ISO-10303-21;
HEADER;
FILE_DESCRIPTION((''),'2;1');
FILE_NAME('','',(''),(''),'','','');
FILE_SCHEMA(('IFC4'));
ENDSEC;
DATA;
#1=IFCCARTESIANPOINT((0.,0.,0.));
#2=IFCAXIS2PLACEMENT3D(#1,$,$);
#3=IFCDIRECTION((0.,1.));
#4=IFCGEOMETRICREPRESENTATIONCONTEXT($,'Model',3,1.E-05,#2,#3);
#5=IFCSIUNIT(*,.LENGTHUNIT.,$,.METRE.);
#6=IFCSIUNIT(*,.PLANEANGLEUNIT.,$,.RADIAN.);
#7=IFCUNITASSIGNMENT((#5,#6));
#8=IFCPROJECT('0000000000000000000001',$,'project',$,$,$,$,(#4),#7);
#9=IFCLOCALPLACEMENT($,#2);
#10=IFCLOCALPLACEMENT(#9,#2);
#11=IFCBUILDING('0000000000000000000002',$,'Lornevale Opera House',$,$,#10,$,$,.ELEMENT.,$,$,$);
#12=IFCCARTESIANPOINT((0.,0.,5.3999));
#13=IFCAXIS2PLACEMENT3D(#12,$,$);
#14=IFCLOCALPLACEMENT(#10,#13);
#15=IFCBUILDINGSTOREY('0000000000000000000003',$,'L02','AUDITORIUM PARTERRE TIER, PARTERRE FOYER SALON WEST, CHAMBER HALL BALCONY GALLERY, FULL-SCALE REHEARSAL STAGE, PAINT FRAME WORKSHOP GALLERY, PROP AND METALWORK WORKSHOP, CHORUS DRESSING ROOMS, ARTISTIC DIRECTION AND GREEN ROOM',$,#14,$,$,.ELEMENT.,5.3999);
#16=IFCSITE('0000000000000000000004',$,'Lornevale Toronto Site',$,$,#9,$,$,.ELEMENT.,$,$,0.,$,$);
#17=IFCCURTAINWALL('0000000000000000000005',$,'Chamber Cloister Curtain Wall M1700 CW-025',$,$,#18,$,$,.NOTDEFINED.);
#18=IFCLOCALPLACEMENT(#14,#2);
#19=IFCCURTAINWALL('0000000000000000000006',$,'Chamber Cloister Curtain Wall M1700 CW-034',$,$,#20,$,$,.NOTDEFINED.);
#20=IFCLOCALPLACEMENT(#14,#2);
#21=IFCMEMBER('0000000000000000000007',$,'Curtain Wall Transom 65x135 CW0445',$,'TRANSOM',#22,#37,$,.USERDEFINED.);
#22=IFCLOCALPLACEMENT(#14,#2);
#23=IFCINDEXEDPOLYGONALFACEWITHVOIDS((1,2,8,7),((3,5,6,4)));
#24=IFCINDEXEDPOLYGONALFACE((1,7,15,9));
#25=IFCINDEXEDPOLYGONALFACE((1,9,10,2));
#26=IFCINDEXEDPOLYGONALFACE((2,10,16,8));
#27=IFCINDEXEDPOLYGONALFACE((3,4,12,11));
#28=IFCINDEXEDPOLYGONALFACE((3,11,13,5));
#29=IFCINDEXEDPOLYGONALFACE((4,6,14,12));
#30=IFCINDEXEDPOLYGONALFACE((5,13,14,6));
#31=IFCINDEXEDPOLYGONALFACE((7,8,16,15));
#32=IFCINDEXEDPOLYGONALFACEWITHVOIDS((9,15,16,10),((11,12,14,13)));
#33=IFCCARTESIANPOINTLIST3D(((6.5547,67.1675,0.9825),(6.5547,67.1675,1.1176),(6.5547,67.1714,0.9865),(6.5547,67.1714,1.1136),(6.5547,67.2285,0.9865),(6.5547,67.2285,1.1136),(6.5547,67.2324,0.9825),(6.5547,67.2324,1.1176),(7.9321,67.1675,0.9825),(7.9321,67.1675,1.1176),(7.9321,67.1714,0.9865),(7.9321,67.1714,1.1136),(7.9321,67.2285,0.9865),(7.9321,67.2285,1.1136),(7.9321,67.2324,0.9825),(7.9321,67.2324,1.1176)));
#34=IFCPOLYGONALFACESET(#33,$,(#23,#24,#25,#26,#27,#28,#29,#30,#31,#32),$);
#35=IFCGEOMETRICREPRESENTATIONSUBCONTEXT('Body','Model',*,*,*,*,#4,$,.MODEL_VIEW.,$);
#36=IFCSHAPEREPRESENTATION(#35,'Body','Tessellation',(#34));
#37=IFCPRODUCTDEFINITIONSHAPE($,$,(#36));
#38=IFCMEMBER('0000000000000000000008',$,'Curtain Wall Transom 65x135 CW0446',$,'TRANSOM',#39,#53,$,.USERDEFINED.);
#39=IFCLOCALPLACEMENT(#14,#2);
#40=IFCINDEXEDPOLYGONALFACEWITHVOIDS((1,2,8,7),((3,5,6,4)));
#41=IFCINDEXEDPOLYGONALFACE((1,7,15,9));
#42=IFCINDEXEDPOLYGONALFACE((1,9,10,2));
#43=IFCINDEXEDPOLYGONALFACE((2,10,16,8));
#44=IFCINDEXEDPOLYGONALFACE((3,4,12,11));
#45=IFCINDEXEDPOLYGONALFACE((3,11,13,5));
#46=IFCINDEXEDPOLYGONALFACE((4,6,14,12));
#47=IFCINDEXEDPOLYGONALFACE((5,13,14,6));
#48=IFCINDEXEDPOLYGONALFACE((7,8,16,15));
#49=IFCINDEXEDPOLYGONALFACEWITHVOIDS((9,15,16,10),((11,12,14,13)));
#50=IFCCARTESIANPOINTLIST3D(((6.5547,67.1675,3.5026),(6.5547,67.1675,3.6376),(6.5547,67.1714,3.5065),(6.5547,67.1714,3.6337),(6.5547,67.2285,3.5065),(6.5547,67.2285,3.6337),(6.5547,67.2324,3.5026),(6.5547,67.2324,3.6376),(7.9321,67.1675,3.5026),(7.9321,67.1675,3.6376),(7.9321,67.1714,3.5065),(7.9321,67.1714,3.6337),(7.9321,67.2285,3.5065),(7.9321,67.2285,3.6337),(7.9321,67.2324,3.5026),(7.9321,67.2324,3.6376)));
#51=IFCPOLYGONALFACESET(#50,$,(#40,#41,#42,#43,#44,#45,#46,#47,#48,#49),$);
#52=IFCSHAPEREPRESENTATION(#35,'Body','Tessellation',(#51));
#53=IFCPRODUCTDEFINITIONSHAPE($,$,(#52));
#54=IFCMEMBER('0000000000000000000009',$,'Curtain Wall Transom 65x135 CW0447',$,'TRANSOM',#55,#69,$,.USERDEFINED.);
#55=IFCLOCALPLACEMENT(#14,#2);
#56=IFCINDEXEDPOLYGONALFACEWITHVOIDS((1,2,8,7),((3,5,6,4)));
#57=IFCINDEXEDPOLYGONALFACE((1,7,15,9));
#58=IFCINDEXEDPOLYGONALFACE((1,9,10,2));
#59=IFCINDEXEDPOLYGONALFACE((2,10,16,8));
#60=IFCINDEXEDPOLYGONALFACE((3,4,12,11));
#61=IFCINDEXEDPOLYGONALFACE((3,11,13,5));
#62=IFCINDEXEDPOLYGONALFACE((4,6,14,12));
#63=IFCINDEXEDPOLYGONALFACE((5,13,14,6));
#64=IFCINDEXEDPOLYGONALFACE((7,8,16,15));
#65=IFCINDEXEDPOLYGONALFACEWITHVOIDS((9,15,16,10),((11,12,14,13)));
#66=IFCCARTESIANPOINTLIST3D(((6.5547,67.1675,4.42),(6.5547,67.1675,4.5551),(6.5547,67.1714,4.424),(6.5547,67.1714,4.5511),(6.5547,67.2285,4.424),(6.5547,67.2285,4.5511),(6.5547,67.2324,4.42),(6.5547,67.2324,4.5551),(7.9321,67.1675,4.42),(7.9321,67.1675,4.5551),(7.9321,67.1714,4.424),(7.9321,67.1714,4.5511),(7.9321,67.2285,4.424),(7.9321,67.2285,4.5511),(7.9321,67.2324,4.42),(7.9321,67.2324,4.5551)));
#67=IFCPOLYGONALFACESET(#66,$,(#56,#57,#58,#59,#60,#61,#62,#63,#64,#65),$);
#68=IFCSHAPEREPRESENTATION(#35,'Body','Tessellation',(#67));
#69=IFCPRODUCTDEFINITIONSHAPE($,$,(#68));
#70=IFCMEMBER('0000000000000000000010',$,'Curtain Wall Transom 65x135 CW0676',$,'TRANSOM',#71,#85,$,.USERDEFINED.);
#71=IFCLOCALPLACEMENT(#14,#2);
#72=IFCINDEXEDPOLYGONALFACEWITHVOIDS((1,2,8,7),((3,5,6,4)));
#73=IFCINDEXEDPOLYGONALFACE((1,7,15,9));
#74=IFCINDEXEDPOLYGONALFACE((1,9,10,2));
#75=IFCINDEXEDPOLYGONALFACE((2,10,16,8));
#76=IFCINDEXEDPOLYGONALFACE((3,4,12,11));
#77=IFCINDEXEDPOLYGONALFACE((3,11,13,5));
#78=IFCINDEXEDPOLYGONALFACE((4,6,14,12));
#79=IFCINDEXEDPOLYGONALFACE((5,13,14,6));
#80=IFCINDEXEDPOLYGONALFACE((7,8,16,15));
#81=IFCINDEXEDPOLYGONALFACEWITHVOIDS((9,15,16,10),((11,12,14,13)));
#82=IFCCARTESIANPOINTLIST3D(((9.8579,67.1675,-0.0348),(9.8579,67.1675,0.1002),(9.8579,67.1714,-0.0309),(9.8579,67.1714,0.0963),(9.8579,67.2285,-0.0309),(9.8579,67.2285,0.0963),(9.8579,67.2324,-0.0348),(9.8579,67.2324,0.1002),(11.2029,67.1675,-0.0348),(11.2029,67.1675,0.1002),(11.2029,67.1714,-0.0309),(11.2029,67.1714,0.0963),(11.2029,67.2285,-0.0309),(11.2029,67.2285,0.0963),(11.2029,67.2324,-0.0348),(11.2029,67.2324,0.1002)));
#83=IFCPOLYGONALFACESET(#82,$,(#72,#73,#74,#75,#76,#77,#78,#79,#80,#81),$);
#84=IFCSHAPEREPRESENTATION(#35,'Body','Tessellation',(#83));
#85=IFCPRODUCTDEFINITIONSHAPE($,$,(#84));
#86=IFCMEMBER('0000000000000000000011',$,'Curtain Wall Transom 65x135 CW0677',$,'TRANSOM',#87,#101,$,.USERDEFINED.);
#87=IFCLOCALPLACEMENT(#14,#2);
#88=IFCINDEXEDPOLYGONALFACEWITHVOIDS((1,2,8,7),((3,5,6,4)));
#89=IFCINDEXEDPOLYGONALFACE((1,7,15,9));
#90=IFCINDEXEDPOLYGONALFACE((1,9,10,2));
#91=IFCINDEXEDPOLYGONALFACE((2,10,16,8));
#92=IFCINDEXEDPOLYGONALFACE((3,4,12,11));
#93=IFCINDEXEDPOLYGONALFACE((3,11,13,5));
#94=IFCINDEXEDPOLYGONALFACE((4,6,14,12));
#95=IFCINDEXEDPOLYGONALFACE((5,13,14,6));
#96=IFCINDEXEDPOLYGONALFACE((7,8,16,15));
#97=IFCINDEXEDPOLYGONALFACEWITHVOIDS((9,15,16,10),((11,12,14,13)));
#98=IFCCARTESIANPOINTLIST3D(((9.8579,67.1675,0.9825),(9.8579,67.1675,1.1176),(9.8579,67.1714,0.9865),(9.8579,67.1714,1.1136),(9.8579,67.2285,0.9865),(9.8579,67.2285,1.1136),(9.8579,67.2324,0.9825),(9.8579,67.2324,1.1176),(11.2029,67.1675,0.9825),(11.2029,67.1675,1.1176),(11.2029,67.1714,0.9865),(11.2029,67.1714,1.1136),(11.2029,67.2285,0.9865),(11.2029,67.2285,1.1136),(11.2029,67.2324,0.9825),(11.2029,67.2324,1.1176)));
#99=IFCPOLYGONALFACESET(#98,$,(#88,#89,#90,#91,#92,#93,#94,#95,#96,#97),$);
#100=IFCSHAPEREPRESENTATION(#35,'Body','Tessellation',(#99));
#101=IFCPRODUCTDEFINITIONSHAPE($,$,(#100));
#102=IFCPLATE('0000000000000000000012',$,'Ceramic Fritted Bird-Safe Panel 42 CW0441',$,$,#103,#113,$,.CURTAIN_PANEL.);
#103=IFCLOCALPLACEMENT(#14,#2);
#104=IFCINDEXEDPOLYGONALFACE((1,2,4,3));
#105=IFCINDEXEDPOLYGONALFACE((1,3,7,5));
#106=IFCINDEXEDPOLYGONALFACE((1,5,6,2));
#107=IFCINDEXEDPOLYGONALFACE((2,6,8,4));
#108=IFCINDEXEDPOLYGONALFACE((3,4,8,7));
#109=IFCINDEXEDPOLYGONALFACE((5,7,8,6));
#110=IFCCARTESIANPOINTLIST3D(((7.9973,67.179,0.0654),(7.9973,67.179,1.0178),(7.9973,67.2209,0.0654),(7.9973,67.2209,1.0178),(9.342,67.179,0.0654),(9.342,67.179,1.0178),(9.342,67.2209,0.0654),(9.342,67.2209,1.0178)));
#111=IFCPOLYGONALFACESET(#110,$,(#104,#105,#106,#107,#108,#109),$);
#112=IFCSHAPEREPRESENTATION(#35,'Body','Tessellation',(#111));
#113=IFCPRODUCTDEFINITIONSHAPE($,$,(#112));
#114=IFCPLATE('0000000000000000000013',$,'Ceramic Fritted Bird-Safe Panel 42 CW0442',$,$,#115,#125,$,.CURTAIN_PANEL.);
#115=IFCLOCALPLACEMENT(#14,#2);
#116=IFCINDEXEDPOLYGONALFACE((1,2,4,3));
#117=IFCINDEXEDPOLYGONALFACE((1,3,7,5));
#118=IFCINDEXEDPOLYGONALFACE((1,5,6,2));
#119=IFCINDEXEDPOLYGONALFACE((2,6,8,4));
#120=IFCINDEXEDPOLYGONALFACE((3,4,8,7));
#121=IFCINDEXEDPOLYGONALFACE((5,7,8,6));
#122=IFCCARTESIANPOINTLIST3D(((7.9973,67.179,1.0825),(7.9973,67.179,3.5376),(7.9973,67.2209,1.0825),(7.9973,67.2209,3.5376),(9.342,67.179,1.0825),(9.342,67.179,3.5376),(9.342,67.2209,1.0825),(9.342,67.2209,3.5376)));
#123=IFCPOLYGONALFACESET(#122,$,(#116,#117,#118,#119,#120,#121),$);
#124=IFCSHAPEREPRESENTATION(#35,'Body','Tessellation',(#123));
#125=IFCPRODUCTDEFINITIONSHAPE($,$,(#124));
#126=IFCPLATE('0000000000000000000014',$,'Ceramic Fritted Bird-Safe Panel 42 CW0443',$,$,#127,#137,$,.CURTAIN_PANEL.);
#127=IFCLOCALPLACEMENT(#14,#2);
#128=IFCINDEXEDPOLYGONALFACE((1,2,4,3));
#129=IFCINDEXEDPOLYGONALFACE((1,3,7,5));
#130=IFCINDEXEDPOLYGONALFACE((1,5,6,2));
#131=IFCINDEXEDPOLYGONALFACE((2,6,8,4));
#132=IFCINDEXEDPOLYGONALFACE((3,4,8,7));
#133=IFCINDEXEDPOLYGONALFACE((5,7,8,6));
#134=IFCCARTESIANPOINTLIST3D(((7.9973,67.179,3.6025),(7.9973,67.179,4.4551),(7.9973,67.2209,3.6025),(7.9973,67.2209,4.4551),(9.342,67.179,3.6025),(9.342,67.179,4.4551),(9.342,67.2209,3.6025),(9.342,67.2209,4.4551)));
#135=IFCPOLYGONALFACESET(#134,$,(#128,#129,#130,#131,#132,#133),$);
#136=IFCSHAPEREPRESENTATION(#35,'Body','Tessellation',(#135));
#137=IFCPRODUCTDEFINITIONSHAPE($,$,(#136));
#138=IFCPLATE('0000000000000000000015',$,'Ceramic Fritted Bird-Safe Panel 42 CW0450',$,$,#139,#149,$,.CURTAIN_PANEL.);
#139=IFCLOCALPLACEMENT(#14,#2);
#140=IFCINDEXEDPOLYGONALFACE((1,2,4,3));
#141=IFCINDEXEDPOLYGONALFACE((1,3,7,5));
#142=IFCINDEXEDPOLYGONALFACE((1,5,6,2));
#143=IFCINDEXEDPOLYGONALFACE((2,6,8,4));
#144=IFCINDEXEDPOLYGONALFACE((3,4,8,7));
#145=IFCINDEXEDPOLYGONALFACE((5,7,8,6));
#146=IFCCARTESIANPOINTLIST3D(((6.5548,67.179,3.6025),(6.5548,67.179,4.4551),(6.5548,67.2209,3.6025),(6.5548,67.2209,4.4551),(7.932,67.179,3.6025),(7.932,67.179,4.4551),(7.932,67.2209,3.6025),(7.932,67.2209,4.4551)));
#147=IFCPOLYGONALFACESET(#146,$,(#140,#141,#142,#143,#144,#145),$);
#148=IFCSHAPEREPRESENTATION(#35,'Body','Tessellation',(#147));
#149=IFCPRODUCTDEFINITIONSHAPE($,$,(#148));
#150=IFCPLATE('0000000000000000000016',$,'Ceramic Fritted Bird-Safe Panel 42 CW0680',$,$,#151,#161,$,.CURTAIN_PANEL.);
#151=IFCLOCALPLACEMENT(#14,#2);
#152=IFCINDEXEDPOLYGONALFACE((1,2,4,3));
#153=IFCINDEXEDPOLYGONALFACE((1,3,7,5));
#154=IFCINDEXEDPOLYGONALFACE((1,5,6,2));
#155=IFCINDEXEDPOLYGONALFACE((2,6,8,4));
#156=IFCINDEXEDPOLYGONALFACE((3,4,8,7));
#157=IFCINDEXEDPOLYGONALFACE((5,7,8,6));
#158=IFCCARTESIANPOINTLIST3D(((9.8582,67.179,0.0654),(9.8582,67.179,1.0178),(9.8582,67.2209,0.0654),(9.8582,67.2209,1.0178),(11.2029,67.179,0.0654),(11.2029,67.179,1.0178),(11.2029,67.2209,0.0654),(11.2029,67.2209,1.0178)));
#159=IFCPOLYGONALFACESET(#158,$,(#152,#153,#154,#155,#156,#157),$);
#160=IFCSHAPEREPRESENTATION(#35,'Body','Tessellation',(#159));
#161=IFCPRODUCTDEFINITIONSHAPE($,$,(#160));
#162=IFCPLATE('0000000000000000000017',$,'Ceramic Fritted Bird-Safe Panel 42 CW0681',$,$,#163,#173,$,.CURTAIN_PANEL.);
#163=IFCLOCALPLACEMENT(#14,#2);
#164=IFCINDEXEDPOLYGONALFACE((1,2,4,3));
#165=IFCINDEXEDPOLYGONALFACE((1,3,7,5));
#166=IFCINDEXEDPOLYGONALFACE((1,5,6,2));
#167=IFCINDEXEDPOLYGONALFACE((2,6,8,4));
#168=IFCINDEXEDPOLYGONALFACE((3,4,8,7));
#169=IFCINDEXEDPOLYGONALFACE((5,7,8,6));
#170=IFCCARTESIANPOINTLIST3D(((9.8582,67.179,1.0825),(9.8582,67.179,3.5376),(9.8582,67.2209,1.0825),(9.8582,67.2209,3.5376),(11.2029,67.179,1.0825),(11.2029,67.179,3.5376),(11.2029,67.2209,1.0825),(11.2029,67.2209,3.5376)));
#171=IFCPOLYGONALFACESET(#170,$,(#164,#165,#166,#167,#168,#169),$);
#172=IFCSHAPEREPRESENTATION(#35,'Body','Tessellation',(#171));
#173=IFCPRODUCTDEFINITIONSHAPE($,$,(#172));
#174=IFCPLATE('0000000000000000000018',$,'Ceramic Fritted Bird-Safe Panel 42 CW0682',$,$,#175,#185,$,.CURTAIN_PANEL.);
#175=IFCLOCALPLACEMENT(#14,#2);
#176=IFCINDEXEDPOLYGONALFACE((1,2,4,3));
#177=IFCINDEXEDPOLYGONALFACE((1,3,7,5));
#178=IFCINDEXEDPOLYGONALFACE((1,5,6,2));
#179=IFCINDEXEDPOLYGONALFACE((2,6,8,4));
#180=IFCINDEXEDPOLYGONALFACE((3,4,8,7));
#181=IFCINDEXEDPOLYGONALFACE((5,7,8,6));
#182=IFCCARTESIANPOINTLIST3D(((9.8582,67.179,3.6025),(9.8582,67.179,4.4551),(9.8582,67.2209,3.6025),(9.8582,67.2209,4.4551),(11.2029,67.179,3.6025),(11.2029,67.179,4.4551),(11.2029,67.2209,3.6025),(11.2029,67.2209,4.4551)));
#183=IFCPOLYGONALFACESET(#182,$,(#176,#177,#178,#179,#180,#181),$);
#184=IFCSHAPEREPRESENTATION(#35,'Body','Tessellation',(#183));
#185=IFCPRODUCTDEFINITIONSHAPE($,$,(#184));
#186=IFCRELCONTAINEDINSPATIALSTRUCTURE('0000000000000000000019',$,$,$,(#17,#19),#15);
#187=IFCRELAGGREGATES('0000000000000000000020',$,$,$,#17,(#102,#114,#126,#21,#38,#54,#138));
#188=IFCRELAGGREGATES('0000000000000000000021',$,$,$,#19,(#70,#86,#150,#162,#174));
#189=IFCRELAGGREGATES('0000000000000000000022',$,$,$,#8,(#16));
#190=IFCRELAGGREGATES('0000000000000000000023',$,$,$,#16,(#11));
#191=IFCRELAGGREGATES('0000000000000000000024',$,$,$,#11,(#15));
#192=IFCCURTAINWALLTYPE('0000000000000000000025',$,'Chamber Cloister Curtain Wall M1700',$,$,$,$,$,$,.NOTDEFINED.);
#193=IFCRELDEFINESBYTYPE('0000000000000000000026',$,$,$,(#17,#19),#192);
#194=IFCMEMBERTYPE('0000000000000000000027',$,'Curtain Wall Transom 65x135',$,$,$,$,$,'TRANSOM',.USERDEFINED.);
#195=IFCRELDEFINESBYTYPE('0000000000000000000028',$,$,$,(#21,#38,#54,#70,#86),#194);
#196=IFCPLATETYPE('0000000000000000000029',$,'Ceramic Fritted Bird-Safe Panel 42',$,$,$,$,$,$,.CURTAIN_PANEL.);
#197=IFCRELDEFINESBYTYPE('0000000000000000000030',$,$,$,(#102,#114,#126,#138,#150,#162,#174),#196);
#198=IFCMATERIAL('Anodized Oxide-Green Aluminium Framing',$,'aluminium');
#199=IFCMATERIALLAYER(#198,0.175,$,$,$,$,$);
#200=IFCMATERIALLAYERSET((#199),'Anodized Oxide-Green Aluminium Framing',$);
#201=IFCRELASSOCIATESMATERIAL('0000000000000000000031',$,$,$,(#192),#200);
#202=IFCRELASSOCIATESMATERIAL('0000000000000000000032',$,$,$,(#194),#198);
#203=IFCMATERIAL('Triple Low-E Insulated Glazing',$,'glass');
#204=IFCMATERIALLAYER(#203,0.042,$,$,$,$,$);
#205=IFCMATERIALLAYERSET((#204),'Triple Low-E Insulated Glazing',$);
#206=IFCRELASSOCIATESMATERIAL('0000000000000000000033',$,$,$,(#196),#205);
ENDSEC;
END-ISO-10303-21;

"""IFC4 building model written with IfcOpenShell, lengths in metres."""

from ifc_helpers import new_model, si_unit, direction, frame, origin, origin_2d, place, context, subcontext, project, spatial, rectangle, hollow_rectangle, extrude, material, layer, layer_set, material_profile, profile_set, type_object, element, aggregate, save


model = new_model("IFC4")

# Units and contexts
model_context = context("Model", 3, precision=1e-05, world=origin(), true_north=direction((0.0, 1.0)))
body_context = subcontext(model_context, "Body", "Model", "MODEL_VIEW")
ifc_project = project(units=[si_unit("LENGTHUNIT", "METRE"), si_unit("PLANEANGLEUNIT", "RADIAN")], contexts=[model_context])

# Site, building, storey
site_placement = place(None, origin())
site = spatial("IfcSite", under=ifc_project, at=site_placement, Name="Lornevale Toronto Site", CompositionType="ELEMENT", RefElevation=0.0)
building_placement = place(site_placement, origin())
building = spatial("IfcBuilding", under=site, at=building_placement, Name="Lornevale Opera House", CompositionType="ELEMENT")
storey_placement = place(building_placement, frame((0.0, 0.0, 5.3999)))
storey = spatial("IfcBuildingStorey", under=building, at=storey_placement, Name="L02", Description="AUDITORIUM PARTERRE TIER, PARTERRE FOYER SALON WEST, CHAMBER HALL BALCONY GALLERY, FULL-SCALE REHEARSAL STAGE, PAINT FRAME WORKSHOP GALLERY, PROP AND METALWORK WORKSHOP, CHORUS DRESSING ROOMS, ARTISTIC DIRECTION AND GREEN ROOM", CompositionType="ELEMENT", Elevation=5.3999)

# Curtain wall
ifc_material_1 = material(Name="Anodized Oxide-Green Aluminium Framing", Category="aluminium")
ifc_layer_1 = layer(ifc_material_1, 0.175)
ifc_layer_set_1 = layer_set([ifc_layer_1], Name="Anodized Oxide-Green Aluminium Framing")
curtain_wall_type = type_object("IfcCurtainWallType", Name="Chamber Cloister Curtain Wall M1700", PredefinedType="NOTDEFINED", material=ifc_layer_set_1)
curtain_wall_1_placement = place(storey_placement, origin())
curtain_wall_1 = element("IfcCurtainWall", 1, at=curtain_wall_1_placement, inside=storey, type_object=curtain_wall_type, Name="Chamber Cloister Curtain Wall M1700 CW-025", PredefinedType="NOTDEFINED")

# Curtain wall
curtain_wall_2_placement = place(storey_placement, origin())
curtain_wall_2 = element("IfcCurtainWall", 2, at=curtain_wall_2_placement, inside=storey, type_object=curtain_wall_type, Name="Chamber Cloister Curtain Wall M1700 CW-034", PredefinedType="NOTDEFINED")

# Members
ifc_material_profile_1 = material_profile(ifc_material_1, hollow_rectangle(XDim=0.0649, YDim=0.135, WallThickness=0.0039, at=origin_2d()), Name="ALU65x135x4")
ifc_profile_set_1 = profile_set([ifc_material_profile_1], Name="Anodized Oxide-Green Aluminium Framing")
member_type_1 = type_object("IfcMemberType", Name="Curtain Wall Transom 65x135", ElementType="TRANSOM", PredefinedType="USERDEFINED", material=ifc_profile_set_1)
member_1_placement = place(storey_placement, frame((7.9321, 67.2, 1.05), z_axis=(-1.0, 0.0, 0.0), x_axis=(0.0, -1.0, 0.0)))
member_1 = element("IfcMember", 3, at=member_1_placement, type_object=member_type_1, Name="Curtain Wall Transom 65x135 CW0445", ObjectType="TRANSOM", PredefinedType="USERDEFINED", context=body_context, shape_type="SweptSolid", body=[
    extrude(hollow_rectangle(XDim=0.0649, YDim=0.135, WallThickness=0.0039, at=origin_2d()), origin(), (0.0, 0.0, 1.0), 1.3774),
])
member_2_placement = place(storey_placement, frame((7.9321, 67.2, 3.5701), z_axis=(-1.0, 0.0, 0.0), x_axis=(0.0, -1.0, 0.0)))
member_2 = element("IfcMember", 4, at=member_2_placement, type_object=member_type_1, Name="Curtain Wall Transom 65x135 CW0446", ObjectType="TRANSOM", PredefinedType="USERDEFINED", context=body_context, shape_type="SweptSolid", body=[
    extrude(hollow_rectangle(XDim=0.0649, YDim=0.135, WallThickness=0.0039, at=origin_2d()), origin(), (0.0, 0.0, 1.0), 1.3774),
])
member_3_placement = place(storey_placement, frame((7.9321, 67.2, 4.4875), z_axis=(-1.0, 0.0, 0.0), x_axis=(0.0, -1.0, 0.0)))
member_3 = element("IfcMember", 5, at=member_3_placement, type_object=member_type_1, Name="Curtain Wall Transom 65x135 CW0447", ObjectType="TRANSOM", PredefinedType="USERDEFINED", context=body_context, shape_type="SweptSolid", body=[
    extrude(hollow_rectangle(XDim=0.0649, YDim=0.135, WallThickness=0.0039, at=origin_2d()), origin(), (0.0, 0.0, 1.0), 1.3774),
])
member_4_placement = place(storey_placement, frame((11.2029, 67.2, 0.0327), z_axis=(-1.0, 0.0, 0.0), x_axis=(0.0, -1.0, 0.0)))
member_4 = element("IfcMember", 6, at=member_4_placement, type_object=member_type_1, Name="Curtain Wall Transom 65x135 CW0676", ObjectType="TRANSOM", PredefinedType="USERDEFINED", context=body_context, shape_type="SweptSolid", body=[
    extrude(hollow_rectangle(XDim=0.0649, YDim=0.135, WallThickness=0.0039, at=origin_2d()), origin(), (0.0, 0.0, 1.0), 1.345),
])
member_5_placement = place(storey_placement, frame((11.2029, 67.2, 1.05), z_axis=(-1.0, 0.0, 0.0), x_axis=(0.0, -1.0, 0.0)))
member_5 = element("IfcMember", 7, at=member_5_placement, type_object=member_type_1, Name="Curtain Wall Transom 65x135 CW0677", ObjectType="TRANSOM", PredefinedType="USERDEFINED", context=body_context, shape_type="SweptSolid", body=[
    extrude(hollow_rectangle(XDim=0.0649, YDim=0.135, WallThickness=0.0039, at=origin_2d()), origin(), (0.0, 0.0, 1.0), 1.345),
])

# Plates
ifc_material_2 = material(Name="Triple Low-E Insulated Glazing", Category="glass")
ifc_layer_2 = layer(ifc_material_2, 0.042)
ifc_layer_set_2 = layer_set([ifc_layer_2], Name="Triple Low-E Insulated Glazing")
plate_type = type_object("IfcPlateType", Name="Ceramic Fritted Bird-Safe Panel 42", PredefinedType="CURTAIN_PANEL", material=ifc_layer_set_2)
plate_1_placement = place(storey_placement, frame((8.6697, 67.2, 0.0654), z_axis=(0.0, 0.0, 1.0), x_axis=(-1.0, 0.0, 0.0)))
plate_1 = element("IfcPlate", 8, at=plate_1_placement, type_object=plate_type, Name="Ceramic Fritted Bird-Safe Panel 42 CW0441", PredefinedType="CURTAIN_PANEL", context=body_context, shape_type="SweptSolid", body=[
    extrude(rectangle(XDim=1.3447, YDim=0.042, at=origin_2d()), origin(), (0.0, 0.0, 1.0), 0.9524),
])
plate_2_placement = place(storey_placement, frame((8.6697, 67.2, 1.0825), z_axis=(0.0, 0.0, 1.0), x_axis=(-1.0, 0.0, 0.0)))
plate_2 = element("IfcPlate", 9, at=plate_2_placement, type_object=plate_type, Name="Ceramic Fritted Bird-Safe Panel 42 CW0442", PredefinedType="CURTAIN_PANEL", context=body_context, shape_type="SweptSolid", body=[
    extrude(rectangle(XDim=1.3447, YDim=0.042, at=origin_2d()), origin(), (0.0, 0.0, 1.0), 2.4551),
])
plate_3_placement = place(storey_placement, frame((8.6697, 67.2, 3.6025), z_axis=(0.0, 0.0, 1.0), x_axis=(-1.0, 0.0, 0.0)))
plate_3 = element("IfcPlate", 10, at=plate_3_placement, type_object=plate_type, Name="Ceramic Fritted Bird-Safe Panel 42 CW0443", PredefinedType="CURTAIN_PANEL", context=body_context, shape_type="SweptSolid", body=[
    extrude(rectangle(XDim=1.3447, YDim=0.042, at=origin_2d()), origin(), (0.0, 0.0, 1.0), 0.8525),
])
plate_4_placement = place(storey_placement, frame((7.2434, 67.2, 3.6025), z_axis=(0.0, 0.0, 1.0), x_axis=(-1.0, 0.0, 0.0)))
plate_4 = element("IfcPlate", 11, at=plate_4_placement, type_object=plate_type, Name="Ceramic Fritted Bird-Safe Panel 42 CW0450", PredefinedType="CURTAIN_PANEL", context=body_context, shape_type="SweptSolid", body=[
    extrude(rectangle(XDim=1.3772, YDim=0.042, at=origin_2d()), origin(), (0.0, 0.0, 1.0), 0.8525),
])
aggregate(curtain_wall_1, [plate_1, plate_2, plate_3, member_1, member_2, member_3, plate_4])
plate_5_placement = place(storey_placement, frame((10.5305, 67.2, 0.0654), z_axis=(0.0, 0.0, 1.0), x_axis=(-1.0, 0.0, 0.0)))
plate_5 = element("IfcPlate", 12, at=plate_5_placement, type_object=plate_type, Name="Ceramic Fritted Bird-Safe Panel 42 CW0680", PredefinedType="CURTAIN_PANEL", context=body_context, shape_type="SweptSolid", body=[
    extrude(rectangle(XDim=1.3447, YDim=0.042, at=origin_2d()), origin(), (0.0, 0.0, 1.0), 0.9524),
])
plate_6_placement = place(storey_placement, frame((10.5305, 67.2, 1.0825), z_axis=(0.0, 0.0, 1.0), x_axis=(-1.0, 0.0, 0.0)))
plate_6 = element("IfcPlate", 13, at=plate_6_placement, type_object=plate_type, Name="Ceramic Fritted Bird-Safe Panel 42 CW0681", PredefinedType="CURTAIN_PANEL", context=body_context, shape_type="SweptSolid", body=[
    extrude(rectangle(XDim=1.3447, YDim=0.042, at=origin_2d()), origin(), (0.0, 0.0, 1.0), 2.4551),
])
plate_7_placement = place(storey_placement, frame((10.5305, 67.2, 3.6025), z_axis=(0.0, 0.0, 1.0), x_axis=(-1.0, 0.0, 0.0)))
plate_7 = element("IfcPlate", 14, at=plate_7_placement, type_object=plate_type, Name="Ceramic Fritted Bird-Safe Panel 42 CW0682", PredefinedType="CURTAIN_PANEL", context=body_context, shape_type="SweptSolid", body=[
    extrude(rectangle(XDim=1.3447, YDim=0.042, at=origin_2d()), origin(), (0.0, 0.0, 1.0), 0.8525),
])
aggregate(curtain_wall_2, [member_4, member_5, plate_5, plate_6, plate_7])

save(model, "model.ifc")
